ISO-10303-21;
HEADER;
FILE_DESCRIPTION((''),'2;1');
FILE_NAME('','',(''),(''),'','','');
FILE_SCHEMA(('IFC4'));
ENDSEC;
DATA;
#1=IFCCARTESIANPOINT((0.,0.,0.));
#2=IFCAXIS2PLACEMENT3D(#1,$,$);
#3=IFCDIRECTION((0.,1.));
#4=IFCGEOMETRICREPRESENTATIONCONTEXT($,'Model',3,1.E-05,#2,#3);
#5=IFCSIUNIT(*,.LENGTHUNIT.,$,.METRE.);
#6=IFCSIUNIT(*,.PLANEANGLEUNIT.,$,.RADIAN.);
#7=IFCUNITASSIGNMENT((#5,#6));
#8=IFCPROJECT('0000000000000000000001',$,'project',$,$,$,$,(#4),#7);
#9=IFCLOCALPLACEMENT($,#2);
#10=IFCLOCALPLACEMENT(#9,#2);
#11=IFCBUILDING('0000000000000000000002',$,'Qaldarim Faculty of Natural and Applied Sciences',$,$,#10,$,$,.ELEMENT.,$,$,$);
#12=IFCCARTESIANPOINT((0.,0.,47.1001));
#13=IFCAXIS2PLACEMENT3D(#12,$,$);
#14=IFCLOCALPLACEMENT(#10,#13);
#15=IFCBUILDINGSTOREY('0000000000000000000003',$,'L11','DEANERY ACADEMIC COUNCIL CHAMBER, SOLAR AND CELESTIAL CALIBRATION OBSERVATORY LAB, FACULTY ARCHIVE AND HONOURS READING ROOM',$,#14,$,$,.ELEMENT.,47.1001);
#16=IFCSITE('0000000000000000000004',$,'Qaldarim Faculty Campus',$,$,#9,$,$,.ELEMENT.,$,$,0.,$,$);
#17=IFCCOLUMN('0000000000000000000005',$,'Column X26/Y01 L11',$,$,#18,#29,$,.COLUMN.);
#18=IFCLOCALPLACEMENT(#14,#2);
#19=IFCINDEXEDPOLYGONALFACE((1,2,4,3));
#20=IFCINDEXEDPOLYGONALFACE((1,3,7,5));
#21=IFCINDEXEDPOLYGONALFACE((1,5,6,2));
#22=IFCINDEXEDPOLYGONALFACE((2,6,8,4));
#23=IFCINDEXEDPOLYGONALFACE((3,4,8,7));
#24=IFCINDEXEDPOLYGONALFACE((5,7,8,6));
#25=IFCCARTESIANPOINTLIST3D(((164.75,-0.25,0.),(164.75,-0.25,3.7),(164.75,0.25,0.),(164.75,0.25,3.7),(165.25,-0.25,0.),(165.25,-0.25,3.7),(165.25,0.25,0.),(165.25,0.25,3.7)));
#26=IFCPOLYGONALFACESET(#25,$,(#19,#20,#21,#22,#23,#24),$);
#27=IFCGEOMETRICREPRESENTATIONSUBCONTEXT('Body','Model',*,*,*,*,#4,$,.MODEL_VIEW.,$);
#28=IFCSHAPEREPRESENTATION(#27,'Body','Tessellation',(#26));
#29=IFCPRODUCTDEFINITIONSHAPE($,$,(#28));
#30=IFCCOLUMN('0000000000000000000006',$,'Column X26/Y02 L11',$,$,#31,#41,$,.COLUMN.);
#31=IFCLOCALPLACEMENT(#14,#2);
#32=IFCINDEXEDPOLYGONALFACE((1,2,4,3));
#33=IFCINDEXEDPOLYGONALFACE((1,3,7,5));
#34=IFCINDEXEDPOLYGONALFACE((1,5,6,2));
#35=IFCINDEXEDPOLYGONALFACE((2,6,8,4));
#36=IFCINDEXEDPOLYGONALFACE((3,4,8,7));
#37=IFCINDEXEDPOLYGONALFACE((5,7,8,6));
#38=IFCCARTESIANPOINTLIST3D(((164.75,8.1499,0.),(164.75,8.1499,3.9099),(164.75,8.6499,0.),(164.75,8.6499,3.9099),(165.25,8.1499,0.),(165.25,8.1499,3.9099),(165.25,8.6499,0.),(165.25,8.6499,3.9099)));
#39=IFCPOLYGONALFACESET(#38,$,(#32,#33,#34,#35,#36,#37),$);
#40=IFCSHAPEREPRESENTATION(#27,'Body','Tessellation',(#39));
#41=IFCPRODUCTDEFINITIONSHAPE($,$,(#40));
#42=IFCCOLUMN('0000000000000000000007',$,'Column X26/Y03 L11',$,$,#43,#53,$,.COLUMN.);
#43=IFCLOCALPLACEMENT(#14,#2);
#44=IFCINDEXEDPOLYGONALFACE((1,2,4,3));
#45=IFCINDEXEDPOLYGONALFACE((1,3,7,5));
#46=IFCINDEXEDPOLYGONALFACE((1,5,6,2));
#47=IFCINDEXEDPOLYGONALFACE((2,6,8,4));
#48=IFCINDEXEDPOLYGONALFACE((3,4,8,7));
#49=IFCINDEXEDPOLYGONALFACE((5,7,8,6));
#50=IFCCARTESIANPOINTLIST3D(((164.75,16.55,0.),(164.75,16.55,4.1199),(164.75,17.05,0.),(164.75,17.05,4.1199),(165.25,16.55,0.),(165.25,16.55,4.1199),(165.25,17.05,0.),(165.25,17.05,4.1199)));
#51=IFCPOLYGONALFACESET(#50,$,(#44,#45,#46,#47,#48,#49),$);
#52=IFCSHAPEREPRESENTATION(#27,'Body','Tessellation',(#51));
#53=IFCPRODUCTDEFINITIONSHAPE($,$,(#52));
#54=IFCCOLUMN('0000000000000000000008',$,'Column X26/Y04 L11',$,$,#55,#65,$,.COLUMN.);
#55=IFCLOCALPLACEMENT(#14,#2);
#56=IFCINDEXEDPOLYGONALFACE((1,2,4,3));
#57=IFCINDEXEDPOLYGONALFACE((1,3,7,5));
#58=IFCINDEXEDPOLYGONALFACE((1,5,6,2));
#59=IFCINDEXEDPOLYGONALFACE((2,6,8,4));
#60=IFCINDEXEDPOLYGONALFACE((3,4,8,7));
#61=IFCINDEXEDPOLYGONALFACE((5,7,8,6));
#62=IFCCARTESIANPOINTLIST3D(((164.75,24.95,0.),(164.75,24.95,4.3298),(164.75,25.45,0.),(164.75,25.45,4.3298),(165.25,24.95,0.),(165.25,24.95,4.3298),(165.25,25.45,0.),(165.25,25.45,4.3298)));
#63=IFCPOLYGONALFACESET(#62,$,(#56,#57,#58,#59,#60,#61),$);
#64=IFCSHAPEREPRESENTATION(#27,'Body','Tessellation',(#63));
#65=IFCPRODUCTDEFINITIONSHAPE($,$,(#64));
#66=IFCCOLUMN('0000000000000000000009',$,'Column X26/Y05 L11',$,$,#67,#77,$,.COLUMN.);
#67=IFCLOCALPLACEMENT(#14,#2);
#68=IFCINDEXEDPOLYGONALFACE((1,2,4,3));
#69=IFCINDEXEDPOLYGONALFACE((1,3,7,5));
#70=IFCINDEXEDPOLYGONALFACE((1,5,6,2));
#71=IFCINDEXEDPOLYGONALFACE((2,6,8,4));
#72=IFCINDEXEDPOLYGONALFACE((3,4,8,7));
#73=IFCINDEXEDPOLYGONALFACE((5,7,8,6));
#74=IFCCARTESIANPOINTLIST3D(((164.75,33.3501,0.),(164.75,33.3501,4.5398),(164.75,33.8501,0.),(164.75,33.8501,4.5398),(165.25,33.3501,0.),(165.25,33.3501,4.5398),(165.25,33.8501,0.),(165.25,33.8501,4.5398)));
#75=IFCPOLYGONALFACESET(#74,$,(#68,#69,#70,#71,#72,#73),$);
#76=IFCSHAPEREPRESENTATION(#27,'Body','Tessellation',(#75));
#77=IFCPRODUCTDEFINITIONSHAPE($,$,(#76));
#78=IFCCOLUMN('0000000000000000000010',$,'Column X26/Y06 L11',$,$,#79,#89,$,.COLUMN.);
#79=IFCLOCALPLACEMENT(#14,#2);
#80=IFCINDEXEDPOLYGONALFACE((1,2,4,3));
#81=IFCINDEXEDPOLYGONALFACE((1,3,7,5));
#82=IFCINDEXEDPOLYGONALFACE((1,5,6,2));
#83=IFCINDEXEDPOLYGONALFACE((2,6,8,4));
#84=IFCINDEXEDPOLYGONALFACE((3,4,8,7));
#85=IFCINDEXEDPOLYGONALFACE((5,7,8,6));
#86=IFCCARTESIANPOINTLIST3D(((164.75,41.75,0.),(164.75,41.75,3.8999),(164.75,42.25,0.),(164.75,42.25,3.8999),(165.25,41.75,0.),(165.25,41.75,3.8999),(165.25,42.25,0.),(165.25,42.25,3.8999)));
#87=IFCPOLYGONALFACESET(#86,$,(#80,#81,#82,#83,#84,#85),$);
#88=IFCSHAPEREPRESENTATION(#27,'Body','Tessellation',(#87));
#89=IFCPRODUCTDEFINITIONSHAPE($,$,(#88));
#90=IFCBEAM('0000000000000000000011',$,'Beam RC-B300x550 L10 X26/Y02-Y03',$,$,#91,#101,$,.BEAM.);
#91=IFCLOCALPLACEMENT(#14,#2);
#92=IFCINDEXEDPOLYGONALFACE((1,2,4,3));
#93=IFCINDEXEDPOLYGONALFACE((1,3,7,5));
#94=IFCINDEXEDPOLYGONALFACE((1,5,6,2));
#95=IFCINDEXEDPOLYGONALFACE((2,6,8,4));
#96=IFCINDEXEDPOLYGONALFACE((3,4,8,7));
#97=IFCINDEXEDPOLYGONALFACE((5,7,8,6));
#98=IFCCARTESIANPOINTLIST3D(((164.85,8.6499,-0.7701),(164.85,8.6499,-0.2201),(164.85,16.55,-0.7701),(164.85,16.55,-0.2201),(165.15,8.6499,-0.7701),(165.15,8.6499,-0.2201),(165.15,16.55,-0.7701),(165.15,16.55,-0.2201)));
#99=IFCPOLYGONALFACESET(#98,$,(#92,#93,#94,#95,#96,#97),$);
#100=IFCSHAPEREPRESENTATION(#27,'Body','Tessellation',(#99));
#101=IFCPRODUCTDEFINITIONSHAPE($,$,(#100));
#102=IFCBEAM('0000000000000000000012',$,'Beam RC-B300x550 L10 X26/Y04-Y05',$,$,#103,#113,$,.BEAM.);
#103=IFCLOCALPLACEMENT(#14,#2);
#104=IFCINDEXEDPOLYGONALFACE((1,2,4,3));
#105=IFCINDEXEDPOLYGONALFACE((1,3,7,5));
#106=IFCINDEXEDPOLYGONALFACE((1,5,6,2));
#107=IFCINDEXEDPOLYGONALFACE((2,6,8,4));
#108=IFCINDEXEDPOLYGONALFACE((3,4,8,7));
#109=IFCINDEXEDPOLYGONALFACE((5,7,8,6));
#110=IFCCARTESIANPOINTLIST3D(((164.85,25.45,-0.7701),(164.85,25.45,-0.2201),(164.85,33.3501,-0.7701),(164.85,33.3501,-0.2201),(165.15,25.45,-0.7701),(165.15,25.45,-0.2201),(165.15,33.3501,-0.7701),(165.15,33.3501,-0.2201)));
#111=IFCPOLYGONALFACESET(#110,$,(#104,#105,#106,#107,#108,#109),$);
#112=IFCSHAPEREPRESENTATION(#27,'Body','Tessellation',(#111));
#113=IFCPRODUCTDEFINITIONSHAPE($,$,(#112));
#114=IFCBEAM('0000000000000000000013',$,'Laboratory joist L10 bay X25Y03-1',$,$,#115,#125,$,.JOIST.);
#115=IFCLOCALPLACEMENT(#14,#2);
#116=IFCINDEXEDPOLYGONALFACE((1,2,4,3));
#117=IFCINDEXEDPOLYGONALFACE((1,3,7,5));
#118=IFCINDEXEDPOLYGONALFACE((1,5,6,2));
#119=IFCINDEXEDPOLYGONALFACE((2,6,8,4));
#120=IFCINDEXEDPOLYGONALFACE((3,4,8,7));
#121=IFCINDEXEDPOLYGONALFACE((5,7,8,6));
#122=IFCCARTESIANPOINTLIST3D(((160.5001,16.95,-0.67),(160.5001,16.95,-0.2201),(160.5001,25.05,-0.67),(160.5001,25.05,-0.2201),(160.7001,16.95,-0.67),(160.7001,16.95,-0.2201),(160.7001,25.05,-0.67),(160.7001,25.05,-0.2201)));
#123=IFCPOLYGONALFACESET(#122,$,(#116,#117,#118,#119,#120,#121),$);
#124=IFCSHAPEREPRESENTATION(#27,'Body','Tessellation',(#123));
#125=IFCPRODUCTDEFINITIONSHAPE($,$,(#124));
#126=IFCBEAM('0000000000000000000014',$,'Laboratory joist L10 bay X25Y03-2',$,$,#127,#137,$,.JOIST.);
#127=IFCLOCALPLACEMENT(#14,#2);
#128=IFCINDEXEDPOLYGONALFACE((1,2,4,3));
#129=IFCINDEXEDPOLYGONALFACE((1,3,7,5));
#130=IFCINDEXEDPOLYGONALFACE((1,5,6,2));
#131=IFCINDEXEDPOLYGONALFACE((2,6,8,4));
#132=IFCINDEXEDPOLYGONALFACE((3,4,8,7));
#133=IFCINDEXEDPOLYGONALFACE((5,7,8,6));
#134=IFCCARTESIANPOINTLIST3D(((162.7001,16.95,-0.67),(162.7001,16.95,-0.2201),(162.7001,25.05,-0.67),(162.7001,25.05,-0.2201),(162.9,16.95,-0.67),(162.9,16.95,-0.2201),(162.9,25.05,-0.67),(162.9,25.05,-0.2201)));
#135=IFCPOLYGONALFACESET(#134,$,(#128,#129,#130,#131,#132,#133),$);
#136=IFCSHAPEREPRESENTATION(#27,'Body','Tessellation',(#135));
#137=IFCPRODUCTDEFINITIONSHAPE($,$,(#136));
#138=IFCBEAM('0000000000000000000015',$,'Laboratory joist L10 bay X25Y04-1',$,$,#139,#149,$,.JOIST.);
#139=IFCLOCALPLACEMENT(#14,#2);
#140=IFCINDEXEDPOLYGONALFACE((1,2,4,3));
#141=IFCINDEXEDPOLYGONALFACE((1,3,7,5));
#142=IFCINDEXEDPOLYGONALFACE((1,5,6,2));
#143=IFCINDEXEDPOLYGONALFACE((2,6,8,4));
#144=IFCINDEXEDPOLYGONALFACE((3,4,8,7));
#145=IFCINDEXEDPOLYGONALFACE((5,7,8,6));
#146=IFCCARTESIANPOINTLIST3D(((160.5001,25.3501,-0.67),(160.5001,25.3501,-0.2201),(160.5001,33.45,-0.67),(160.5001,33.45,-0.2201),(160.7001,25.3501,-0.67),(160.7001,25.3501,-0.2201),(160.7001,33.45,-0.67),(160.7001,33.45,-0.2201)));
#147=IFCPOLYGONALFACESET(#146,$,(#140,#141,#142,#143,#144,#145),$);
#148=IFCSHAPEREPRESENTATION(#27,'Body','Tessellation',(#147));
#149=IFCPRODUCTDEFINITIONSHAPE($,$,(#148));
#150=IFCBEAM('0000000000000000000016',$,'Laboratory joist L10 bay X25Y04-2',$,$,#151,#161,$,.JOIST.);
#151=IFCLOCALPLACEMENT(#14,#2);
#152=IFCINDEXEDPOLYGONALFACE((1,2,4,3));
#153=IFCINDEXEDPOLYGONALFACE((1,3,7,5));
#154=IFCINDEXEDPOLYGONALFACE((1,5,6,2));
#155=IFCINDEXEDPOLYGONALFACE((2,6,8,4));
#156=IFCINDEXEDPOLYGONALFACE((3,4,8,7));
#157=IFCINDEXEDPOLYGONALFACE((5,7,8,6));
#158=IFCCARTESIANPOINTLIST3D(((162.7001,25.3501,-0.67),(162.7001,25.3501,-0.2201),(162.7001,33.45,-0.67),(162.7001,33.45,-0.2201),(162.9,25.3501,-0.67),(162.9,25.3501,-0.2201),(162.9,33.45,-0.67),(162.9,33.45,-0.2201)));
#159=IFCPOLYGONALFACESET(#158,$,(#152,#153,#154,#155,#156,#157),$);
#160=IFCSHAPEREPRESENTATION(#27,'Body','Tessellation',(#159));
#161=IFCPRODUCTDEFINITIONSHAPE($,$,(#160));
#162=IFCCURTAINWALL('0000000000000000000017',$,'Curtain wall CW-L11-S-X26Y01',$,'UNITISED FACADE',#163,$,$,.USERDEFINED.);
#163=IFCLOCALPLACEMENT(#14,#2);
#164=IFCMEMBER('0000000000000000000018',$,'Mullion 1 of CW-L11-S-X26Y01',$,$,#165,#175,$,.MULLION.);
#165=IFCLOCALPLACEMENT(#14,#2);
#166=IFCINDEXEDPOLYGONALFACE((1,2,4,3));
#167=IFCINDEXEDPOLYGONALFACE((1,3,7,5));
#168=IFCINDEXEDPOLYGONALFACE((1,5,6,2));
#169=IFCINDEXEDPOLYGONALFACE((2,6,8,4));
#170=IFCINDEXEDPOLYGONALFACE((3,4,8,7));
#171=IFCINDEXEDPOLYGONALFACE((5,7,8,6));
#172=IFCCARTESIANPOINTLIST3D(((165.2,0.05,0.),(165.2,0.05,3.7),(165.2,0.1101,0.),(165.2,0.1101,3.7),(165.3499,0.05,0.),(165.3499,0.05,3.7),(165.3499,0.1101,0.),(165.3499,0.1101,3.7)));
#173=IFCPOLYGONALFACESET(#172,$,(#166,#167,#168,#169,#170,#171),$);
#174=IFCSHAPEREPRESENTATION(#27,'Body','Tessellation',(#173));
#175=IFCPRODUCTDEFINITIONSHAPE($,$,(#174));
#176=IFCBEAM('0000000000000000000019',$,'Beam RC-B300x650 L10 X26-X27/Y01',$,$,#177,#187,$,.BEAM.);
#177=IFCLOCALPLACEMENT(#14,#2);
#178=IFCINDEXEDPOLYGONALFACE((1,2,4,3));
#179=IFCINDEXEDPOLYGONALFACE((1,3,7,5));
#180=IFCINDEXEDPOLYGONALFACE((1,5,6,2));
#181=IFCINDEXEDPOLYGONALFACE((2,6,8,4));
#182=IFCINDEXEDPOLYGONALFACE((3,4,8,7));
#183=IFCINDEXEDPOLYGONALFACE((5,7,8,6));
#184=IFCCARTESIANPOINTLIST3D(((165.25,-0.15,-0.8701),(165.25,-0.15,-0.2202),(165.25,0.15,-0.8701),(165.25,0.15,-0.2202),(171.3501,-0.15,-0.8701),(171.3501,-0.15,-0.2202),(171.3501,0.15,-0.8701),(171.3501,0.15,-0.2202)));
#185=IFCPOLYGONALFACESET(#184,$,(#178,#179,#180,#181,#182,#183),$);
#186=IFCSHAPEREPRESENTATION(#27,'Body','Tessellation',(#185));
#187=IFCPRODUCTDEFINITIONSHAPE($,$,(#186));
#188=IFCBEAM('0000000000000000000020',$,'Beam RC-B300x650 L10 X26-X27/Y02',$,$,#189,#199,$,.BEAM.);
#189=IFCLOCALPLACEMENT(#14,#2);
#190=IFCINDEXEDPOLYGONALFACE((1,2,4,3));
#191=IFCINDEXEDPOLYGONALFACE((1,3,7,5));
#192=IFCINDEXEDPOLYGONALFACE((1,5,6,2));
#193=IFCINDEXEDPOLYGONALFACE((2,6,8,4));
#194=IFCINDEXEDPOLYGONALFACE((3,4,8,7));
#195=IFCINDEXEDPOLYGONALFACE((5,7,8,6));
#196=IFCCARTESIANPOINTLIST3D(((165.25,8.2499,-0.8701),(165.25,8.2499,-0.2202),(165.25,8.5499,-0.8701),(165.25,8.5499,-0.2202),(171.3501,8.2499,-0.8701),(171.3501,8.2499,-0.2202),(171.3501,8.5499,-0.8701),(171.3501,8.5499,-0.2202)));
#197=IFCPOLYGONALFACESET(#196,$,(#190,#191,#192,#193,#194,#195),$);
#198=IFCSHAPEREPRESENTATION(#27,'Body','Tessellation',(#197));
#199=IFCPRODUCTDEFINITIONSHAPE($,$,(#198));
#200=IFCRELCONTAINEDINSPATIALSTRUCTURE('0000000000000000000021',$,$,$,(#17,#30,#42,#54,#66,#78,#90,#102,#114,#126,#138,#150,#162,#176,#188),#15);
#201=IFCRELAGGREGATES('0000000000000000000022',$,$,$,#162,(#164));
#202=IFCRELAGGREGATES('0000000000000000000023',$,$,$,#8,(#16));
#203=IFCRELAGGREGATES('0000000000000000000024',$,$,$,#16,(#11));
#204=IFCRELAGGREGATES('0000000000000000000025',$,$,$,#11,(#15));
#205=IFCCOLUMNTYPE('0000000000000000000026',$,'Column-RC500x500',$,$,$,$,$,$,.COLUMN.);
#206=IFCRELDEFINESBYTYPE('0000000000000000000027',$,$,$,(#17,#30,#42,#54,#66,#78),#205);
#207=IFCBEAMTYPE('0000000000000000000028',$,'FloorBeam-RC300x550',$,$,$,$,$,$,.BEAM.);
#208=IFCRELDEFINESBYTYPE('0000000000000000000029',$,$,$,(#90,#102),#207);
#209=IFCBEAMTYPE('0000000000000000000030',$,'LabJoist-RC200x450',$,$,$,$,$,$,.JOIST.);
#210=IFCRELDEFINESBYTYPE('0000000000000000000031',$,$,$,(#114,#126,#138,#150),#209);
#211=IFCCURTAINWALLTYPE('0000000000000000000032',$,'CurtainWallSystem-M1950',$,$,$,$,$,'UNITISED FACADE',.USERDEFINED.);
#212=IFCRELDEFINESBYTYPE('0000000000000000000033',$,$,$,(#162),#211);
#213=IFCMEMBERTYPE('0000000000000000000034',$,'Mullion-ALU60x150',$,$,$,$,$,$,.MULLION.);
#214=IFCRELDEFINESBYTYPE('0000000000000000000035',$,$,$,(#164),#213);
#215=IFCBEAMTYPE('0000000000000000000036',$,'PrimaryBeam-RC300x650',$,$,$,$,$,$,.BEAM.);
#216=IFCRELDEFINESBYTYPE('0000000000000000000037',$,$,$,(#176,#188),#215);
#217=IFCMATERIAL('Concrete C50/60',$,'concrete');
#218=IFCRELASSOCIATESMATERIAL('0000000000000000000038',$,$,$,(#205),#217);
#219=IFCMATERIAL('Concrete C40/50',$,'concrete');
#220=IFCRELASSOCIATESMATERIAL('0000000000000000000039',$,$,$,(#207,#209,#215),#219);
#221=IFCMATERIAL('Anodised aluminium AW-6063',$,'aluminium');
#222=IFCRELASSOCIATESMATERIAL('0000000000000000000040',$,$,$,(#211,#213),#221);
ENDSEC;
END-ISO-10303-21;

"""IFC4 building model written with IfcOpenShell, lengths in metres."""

from ifc_helpers import new_model, si_unit, direction, frame, origin, origin_2d, place, context, subcontext, project, spatial, rectangle, extrude, material, material_profile, profile_set, type_object, element, aggregate, save


model = new_model("IFC4")

# Units and contexts
model_context = context("Model", 3, precision=1e-05, world=origin(), true_north=direction((0.0, 1.0)))
body_context = subcontext(model_context, "Body", "Model", "MODEL_VIEW")
ifc_project = project(units=[si_unit("LENGTHUNIT", "METRE"), si_unit("PLANEANGLEUNIT", "RADIAN")], contexts=[model_context])

# Site, building, storey
site_placement = place(None, origin())
site = spatial("IfcSite", under=ifc_project, at=site_placement, Name="Qaldarim Faculty Campus", CompositionType="ELEMENT", RefElevation=0.0)
building_placement = place(site_placement, origin())
building = spatial("IfcBuilding", under=site, at=building_placement, Name="Qaldarim Faculty of Natural and Applied Sciences", CompositionType="ELEMENT")
storey_placement = place(building_placement, frame((0.0, 0.0, 47.1001)))
storey = spatial("IfcBuildingStorey", under=building, at=storey_placement, Name="L11", Description="DEANERY ACADEMIC COUNCIL CHAMBER, SOLAR AND CELESTIAL CALIBRATION OBSERVATORY LAB, FACULTY ARCHIVE AND HONOURS READING ROOM", CompositionType="ELEMENT", Elevation=47.1001)

# Columns
ifc_material_1 = material(Name="Concrete C50/60", Category="concrete")
ifc_material_profile_1 = material_profile(ifc_material_1, rectangle(XDim=0.5, YDim=0.5, at=origin_2d()), Name="RC-C500x500")
ifc_profile_set_1 = profile_set([ifc_material_profile_1], Name="Concrete C50/60")
column_type = type_object("IfcColumnType", Name="Column-RC500x500", PredefinedType="COLUMN", material=ifc_profile_set_1)
column_1_placement = place(storey_placement, frame((165.0, 0.0, 0.0), z_axis=(0.0, 0.0, 1.0), x_axis=(1.0, 0.0, 0.0)))
element("IfcColumn", 1, at=column_1_placement, inside=storey, type_object=column_type, Name="Column X26/Y01 L11", PredefinedType="COLUMN", context=body_context, shape_type="SweptSolid", body=[
    extrude(rectangle(XDim=0.5, YDim=0.5, at=origin_2d()), origin(), (0.0, 0.0, 1.0), 3.7),
])
column_2_placement = place(storey_placement, frame((165.0, 8.3999, 0.0), z_axis=(0.0, 0.0, 1.0), x_axis=(1.0, 0.0, 0.0)))
element("IfcColumn", 2, at=column_2_placement, inside=storey, type_object=column_type, Name="Column X26/Y02 L11", PredefinedType="COLUMN", context=body_context, shape_type="SweptSolid", body=[
    extrude(rectangle(XDim=0.5, YDim=0.5, at=origin_2d()), origin(), (0.0, 0.0, 1.0), 3.9099),
])
column_3_placement = place(storey_placement, frame((165.0, 16.8, 0.0), z_axis=(0.0, 0.0, 1.0), x_axis=(1.0, 0.0, 0.0)))
element("IfcColumn", 3, at=column_3_placement, inside=storey, type_object=column_type, Name="Column X26/Y03 L11", PredefinedType="COLUMN", context=body_context, shape_type="SweptSolid", body=[
    extrude(rectangle(XDim=0.5, YDim=0.5, at=origin_2d()), origin(), (0.0, 0.0, 1.0), 4.1199),
])
column_4_placement = place(storey_placement, frame((165.0, 25.2, 0.0), z_axis=(0.0, 0.0, 1.0), x_axis=(1.0, 0.0, 0.0)))
element("IfcColumn", 4, at=column_4_placement, inside=storey, type_object=column_type, Name="Column X26/Y04 L11", PredefinedType="COLUMN", context=body_context, shape_type="SweptSolid", body=[
    extrude(rectangle(XDim=0.5, YDim=0.5, at=origin_2d()), origin(), (0.0, 0.0, 1.0), 4.3298),
])
column_5_placement = place(storey_placement, frame((165.0, 33.6001, 0.0), z_axis=(0.0, 0.0, 1.0), x_axis=(1.0, 0.0, 0.0)))
element("IfcColumn", 5, at=column_5_placement, inside=storey, type_object=column_type, Name="Column X26/Y05 L11", PredefinedType="COLUMN", context=body_context, shape_type="SweptSolid", body=[
    extrude(rectangle(XDim=0.5, YDim=0.5, at=origin_2d()), origin(), (0.0, 0.0, 1.0), 4.5398),
])
column_6_placement = place(storey_placement, frame((165.0, 42.0, 0.0), z_axis=(0.0, 0.0, 1.0), x_axis=(1.0, 0.0, 0.0)))
element("IfcColumn", 6, at=column_6_placement, inside=storey, type_object=column_type, Name="Column X26/Y06 L11", PredefinedType="COLUMN", context=body_context, shape_type="SweptSolid", body=[
    extrude(rectangle(XDim=0.5, YDim=0.5, at=origin_2d()), origin(), (0.0, 0.0, 1.0), 3.8999),
])

# Beams
ifc_material_2 = material(Name="Concrete C40/50", Category="concrete")
ifc_material_profile_2 = material_profile(ifc_material_2, rectangle(XDim=0.3, YDim=0.55, at=origin_2d()), Name="RC-B300x550")
ifc_profile_set_2 = profile_set([ifc_material_profile_2], Name="Concrete C40/50")
beam_type_1 = type_object("IfcBeamType", Name="FloorBeam-RC300x550", PredefinedType="BEAM", material=ifc_profile_set_2)
for number, where, z_axis, x_axis, name in (
    (7, (165.0, 8.6499, -0.4951), (0.0, 1.0, 0.0), (-1.0, 0.0, 0.0), "Beam RC-B300x550 L10 X26/Y02-Y03"),
    (8, (165.0, 25.45, -0.4951), (0.0, 1.0, 0.0), (-1.0, 0.0, 0.0), "Beam RC-B300x550 L10 X26/Y04-Y05"),
):
    element("IfcBeam", number, at=place(storey_placement, frame(where, z_axis=z_axis, x_axis=x_axis)), inside=storey, type_object=beam_type_1, Name=name, PredefinedType="BEAM", context=body_context, shape_type="SweptSolid", body=[
        extrude(rectangle(XDim=0.3, YDim=0.55, at=origin_2d()), origin(), (0.0, 0.0, 1.0), 7.9001),
    ])
ifc_material_profile_3 = material_profile(ifc_material_2, rectangle(XDim=0.2, YDim=0.45, at=origin_2d()), Name="RC-J200x450")
ifc_profile_set_3 = profile_set([ifc_material_profile_3], Name="Concrete C40/50")
beam_type_2 = type_object("IfcBeamType", Name="LabJoist-RC200x450", PredefinedType="JOIST", material=ifc_profile_set_3)
for number, where, z_axis, x_axis, name in (
    (9, (160.6001, 16.95, -0.4451), (0.0, 1.0, 0.0), (-1.0, 0.0, 0.0), "Laboratory joist L10 bay X25Y03-1"),
    (10, (162.8, 16.95, -0.4451), (0.0, 1.0, 0.0), (-1.0, 0.0, 0.0), "Laboratory joist L10 bay X25Y03-2"),
):
    element("IfcBeam", number, at=place(storey_placement, frame(where, z_axis=z_axis, x_axis=x_axis)), inside=storey, type_object=beam_type_2, Name=name, PredefinedType="JOIST", context=body_context, shape_type="SweptSolid", body=[
        extrude(rectangle(XDim=0.2, YDim=0.45, at=origin_2d()), origin(), (0.0, 0.0, 1.0), 8.1001),
    ])
for number, where, z_axis, x_axis, name in (
    (11, (160.6001, 25.3501, -0.4451), (0.0, 1.0, 0.0), (-1.0, 0.0, 0.0), "Laboratory joist L10 bay X25Y04-1"),
    (12, (162.8, 25.3501, -0.4451), (0.0, 1.0, 0.0), (-1.0, 0.0, 0.0), "Laboratory joist L10 bay X25Y04-2"),
):
    element("IfcBeam", number, at=place(storey_placement, frame(where, z_axis=z_axis, x_axis=x_axis)), inside=storey, type_object=beam_type_2, Name=name, PredefinedType="JOIST", context=body_context, shape_type="SweptSolid", body=[
        extrude(rectangle(XDim=0.2, YDim=0.45, at=origin_2d()), origin(), (0.0, 0.0, 1.0), 8.0999),
    ])

# Curtain wall, member
ifc_material_3 = material(Name="Anodised aluminium AW-6063", Category="aluminium")
curtain_wall_type = type_object("IfcCurtainWallType", Name="CurtainWallSystem-M1950", ElementType="UNITISED FACADE", PredefinedType="USERDEFINED", material=ifc_material_3)
curtain_wall_placement = place(storey_placement, origin())
curtain_wall = element("IfcCurtainWall", 13, at=curtain_wall_placement, inside=storey, type_object=curtain_wall_type, Name="Curtain wall CW-L11-S-X26Y01", ObjectType="UNITISED FACADE", PredefinedType="USERDEFINED")
ifc_material_profile_4 = material_profile(ifc_material_3, rectangle(XDim=0.0601, YDim=0.1499, at=origin_2d()), Name="ALU-M60x150")
ifc_profile_set_4 = profile_set([ifc_material_profile_4], Name="Anodised aluminium AW-6063")
member_type_1 = type_object("IfcMemberType", Name="Mullion-ALU60x150", PredefinedType="MULLION", material=ifc_profile_set_4)
member_placement = place(storey_placement, frame((165.2749, 0.0801, 0.0), z_axis=(0.0, 0.0, 1.0), x_axis=(0.0, 1.0, 0.0)))
member = element("IfcMember", 14, at=member_placement, type_object=member_type_1, Name="Mullion 1 of CW-L11-S-X26Y01", PredefinedType="MULLION", context=body_context, shape_type="SweptSolid", body=[
    extrude(rectangle(XDim=0.0601, YDim=0.1499, at=origin_2d()), origin(), (0.0, 0.0, 1.0), 3.7),
])
aggregate(curtain_wall, [member])

# Beams
ifc_material_profile_5 = material_profile(ifc_material_2, rectangle(XDim=0.3, YDim=0.6499, at=origin_2d()), Name="RC-B300x650")
ifc_profile_set_5 = profile_set([ifc_material_profile_5], Name="Concrete C40/50")
beam_type_3 = type_object("IfcBeamType", Name="PrimaryBeam-RC300x650", PredefinedType="BEAM", material=ifc_profile_set_5)
for number, where, z_axis, x_axis, name in (
    (15, (165.25, 0.0, -0.5452), (1.0, 0.0, 0.0), (0.0, 1.0, 0.0), "Beam RC-B300x650 L10 X26-X27/Y01"),
    (16, (165.25, 8.3999, -0.5452), (1.0, 0.0, 0.0), (0.0, 1.0, 0.0), "Beam RC-B300x650 L10 X26-X27/Y02"),
):
    element("IfcBeam", number, at=place(storey_placement, frame(where, z_axis=z_axis, x_axis=x_axis)), inside=storey, type_object=beam_type_3, Name=name, PredefinedType="BEAM", context=body_context, shape_type="SweptSolid", body=[
        extrude(rectangle(XDim=0.3, YDim=0.6499, at=origin_2d()), origin(), (0.0, 0.0, 1.0), 6.1001),
    ])

save(model, "model.ifc")
